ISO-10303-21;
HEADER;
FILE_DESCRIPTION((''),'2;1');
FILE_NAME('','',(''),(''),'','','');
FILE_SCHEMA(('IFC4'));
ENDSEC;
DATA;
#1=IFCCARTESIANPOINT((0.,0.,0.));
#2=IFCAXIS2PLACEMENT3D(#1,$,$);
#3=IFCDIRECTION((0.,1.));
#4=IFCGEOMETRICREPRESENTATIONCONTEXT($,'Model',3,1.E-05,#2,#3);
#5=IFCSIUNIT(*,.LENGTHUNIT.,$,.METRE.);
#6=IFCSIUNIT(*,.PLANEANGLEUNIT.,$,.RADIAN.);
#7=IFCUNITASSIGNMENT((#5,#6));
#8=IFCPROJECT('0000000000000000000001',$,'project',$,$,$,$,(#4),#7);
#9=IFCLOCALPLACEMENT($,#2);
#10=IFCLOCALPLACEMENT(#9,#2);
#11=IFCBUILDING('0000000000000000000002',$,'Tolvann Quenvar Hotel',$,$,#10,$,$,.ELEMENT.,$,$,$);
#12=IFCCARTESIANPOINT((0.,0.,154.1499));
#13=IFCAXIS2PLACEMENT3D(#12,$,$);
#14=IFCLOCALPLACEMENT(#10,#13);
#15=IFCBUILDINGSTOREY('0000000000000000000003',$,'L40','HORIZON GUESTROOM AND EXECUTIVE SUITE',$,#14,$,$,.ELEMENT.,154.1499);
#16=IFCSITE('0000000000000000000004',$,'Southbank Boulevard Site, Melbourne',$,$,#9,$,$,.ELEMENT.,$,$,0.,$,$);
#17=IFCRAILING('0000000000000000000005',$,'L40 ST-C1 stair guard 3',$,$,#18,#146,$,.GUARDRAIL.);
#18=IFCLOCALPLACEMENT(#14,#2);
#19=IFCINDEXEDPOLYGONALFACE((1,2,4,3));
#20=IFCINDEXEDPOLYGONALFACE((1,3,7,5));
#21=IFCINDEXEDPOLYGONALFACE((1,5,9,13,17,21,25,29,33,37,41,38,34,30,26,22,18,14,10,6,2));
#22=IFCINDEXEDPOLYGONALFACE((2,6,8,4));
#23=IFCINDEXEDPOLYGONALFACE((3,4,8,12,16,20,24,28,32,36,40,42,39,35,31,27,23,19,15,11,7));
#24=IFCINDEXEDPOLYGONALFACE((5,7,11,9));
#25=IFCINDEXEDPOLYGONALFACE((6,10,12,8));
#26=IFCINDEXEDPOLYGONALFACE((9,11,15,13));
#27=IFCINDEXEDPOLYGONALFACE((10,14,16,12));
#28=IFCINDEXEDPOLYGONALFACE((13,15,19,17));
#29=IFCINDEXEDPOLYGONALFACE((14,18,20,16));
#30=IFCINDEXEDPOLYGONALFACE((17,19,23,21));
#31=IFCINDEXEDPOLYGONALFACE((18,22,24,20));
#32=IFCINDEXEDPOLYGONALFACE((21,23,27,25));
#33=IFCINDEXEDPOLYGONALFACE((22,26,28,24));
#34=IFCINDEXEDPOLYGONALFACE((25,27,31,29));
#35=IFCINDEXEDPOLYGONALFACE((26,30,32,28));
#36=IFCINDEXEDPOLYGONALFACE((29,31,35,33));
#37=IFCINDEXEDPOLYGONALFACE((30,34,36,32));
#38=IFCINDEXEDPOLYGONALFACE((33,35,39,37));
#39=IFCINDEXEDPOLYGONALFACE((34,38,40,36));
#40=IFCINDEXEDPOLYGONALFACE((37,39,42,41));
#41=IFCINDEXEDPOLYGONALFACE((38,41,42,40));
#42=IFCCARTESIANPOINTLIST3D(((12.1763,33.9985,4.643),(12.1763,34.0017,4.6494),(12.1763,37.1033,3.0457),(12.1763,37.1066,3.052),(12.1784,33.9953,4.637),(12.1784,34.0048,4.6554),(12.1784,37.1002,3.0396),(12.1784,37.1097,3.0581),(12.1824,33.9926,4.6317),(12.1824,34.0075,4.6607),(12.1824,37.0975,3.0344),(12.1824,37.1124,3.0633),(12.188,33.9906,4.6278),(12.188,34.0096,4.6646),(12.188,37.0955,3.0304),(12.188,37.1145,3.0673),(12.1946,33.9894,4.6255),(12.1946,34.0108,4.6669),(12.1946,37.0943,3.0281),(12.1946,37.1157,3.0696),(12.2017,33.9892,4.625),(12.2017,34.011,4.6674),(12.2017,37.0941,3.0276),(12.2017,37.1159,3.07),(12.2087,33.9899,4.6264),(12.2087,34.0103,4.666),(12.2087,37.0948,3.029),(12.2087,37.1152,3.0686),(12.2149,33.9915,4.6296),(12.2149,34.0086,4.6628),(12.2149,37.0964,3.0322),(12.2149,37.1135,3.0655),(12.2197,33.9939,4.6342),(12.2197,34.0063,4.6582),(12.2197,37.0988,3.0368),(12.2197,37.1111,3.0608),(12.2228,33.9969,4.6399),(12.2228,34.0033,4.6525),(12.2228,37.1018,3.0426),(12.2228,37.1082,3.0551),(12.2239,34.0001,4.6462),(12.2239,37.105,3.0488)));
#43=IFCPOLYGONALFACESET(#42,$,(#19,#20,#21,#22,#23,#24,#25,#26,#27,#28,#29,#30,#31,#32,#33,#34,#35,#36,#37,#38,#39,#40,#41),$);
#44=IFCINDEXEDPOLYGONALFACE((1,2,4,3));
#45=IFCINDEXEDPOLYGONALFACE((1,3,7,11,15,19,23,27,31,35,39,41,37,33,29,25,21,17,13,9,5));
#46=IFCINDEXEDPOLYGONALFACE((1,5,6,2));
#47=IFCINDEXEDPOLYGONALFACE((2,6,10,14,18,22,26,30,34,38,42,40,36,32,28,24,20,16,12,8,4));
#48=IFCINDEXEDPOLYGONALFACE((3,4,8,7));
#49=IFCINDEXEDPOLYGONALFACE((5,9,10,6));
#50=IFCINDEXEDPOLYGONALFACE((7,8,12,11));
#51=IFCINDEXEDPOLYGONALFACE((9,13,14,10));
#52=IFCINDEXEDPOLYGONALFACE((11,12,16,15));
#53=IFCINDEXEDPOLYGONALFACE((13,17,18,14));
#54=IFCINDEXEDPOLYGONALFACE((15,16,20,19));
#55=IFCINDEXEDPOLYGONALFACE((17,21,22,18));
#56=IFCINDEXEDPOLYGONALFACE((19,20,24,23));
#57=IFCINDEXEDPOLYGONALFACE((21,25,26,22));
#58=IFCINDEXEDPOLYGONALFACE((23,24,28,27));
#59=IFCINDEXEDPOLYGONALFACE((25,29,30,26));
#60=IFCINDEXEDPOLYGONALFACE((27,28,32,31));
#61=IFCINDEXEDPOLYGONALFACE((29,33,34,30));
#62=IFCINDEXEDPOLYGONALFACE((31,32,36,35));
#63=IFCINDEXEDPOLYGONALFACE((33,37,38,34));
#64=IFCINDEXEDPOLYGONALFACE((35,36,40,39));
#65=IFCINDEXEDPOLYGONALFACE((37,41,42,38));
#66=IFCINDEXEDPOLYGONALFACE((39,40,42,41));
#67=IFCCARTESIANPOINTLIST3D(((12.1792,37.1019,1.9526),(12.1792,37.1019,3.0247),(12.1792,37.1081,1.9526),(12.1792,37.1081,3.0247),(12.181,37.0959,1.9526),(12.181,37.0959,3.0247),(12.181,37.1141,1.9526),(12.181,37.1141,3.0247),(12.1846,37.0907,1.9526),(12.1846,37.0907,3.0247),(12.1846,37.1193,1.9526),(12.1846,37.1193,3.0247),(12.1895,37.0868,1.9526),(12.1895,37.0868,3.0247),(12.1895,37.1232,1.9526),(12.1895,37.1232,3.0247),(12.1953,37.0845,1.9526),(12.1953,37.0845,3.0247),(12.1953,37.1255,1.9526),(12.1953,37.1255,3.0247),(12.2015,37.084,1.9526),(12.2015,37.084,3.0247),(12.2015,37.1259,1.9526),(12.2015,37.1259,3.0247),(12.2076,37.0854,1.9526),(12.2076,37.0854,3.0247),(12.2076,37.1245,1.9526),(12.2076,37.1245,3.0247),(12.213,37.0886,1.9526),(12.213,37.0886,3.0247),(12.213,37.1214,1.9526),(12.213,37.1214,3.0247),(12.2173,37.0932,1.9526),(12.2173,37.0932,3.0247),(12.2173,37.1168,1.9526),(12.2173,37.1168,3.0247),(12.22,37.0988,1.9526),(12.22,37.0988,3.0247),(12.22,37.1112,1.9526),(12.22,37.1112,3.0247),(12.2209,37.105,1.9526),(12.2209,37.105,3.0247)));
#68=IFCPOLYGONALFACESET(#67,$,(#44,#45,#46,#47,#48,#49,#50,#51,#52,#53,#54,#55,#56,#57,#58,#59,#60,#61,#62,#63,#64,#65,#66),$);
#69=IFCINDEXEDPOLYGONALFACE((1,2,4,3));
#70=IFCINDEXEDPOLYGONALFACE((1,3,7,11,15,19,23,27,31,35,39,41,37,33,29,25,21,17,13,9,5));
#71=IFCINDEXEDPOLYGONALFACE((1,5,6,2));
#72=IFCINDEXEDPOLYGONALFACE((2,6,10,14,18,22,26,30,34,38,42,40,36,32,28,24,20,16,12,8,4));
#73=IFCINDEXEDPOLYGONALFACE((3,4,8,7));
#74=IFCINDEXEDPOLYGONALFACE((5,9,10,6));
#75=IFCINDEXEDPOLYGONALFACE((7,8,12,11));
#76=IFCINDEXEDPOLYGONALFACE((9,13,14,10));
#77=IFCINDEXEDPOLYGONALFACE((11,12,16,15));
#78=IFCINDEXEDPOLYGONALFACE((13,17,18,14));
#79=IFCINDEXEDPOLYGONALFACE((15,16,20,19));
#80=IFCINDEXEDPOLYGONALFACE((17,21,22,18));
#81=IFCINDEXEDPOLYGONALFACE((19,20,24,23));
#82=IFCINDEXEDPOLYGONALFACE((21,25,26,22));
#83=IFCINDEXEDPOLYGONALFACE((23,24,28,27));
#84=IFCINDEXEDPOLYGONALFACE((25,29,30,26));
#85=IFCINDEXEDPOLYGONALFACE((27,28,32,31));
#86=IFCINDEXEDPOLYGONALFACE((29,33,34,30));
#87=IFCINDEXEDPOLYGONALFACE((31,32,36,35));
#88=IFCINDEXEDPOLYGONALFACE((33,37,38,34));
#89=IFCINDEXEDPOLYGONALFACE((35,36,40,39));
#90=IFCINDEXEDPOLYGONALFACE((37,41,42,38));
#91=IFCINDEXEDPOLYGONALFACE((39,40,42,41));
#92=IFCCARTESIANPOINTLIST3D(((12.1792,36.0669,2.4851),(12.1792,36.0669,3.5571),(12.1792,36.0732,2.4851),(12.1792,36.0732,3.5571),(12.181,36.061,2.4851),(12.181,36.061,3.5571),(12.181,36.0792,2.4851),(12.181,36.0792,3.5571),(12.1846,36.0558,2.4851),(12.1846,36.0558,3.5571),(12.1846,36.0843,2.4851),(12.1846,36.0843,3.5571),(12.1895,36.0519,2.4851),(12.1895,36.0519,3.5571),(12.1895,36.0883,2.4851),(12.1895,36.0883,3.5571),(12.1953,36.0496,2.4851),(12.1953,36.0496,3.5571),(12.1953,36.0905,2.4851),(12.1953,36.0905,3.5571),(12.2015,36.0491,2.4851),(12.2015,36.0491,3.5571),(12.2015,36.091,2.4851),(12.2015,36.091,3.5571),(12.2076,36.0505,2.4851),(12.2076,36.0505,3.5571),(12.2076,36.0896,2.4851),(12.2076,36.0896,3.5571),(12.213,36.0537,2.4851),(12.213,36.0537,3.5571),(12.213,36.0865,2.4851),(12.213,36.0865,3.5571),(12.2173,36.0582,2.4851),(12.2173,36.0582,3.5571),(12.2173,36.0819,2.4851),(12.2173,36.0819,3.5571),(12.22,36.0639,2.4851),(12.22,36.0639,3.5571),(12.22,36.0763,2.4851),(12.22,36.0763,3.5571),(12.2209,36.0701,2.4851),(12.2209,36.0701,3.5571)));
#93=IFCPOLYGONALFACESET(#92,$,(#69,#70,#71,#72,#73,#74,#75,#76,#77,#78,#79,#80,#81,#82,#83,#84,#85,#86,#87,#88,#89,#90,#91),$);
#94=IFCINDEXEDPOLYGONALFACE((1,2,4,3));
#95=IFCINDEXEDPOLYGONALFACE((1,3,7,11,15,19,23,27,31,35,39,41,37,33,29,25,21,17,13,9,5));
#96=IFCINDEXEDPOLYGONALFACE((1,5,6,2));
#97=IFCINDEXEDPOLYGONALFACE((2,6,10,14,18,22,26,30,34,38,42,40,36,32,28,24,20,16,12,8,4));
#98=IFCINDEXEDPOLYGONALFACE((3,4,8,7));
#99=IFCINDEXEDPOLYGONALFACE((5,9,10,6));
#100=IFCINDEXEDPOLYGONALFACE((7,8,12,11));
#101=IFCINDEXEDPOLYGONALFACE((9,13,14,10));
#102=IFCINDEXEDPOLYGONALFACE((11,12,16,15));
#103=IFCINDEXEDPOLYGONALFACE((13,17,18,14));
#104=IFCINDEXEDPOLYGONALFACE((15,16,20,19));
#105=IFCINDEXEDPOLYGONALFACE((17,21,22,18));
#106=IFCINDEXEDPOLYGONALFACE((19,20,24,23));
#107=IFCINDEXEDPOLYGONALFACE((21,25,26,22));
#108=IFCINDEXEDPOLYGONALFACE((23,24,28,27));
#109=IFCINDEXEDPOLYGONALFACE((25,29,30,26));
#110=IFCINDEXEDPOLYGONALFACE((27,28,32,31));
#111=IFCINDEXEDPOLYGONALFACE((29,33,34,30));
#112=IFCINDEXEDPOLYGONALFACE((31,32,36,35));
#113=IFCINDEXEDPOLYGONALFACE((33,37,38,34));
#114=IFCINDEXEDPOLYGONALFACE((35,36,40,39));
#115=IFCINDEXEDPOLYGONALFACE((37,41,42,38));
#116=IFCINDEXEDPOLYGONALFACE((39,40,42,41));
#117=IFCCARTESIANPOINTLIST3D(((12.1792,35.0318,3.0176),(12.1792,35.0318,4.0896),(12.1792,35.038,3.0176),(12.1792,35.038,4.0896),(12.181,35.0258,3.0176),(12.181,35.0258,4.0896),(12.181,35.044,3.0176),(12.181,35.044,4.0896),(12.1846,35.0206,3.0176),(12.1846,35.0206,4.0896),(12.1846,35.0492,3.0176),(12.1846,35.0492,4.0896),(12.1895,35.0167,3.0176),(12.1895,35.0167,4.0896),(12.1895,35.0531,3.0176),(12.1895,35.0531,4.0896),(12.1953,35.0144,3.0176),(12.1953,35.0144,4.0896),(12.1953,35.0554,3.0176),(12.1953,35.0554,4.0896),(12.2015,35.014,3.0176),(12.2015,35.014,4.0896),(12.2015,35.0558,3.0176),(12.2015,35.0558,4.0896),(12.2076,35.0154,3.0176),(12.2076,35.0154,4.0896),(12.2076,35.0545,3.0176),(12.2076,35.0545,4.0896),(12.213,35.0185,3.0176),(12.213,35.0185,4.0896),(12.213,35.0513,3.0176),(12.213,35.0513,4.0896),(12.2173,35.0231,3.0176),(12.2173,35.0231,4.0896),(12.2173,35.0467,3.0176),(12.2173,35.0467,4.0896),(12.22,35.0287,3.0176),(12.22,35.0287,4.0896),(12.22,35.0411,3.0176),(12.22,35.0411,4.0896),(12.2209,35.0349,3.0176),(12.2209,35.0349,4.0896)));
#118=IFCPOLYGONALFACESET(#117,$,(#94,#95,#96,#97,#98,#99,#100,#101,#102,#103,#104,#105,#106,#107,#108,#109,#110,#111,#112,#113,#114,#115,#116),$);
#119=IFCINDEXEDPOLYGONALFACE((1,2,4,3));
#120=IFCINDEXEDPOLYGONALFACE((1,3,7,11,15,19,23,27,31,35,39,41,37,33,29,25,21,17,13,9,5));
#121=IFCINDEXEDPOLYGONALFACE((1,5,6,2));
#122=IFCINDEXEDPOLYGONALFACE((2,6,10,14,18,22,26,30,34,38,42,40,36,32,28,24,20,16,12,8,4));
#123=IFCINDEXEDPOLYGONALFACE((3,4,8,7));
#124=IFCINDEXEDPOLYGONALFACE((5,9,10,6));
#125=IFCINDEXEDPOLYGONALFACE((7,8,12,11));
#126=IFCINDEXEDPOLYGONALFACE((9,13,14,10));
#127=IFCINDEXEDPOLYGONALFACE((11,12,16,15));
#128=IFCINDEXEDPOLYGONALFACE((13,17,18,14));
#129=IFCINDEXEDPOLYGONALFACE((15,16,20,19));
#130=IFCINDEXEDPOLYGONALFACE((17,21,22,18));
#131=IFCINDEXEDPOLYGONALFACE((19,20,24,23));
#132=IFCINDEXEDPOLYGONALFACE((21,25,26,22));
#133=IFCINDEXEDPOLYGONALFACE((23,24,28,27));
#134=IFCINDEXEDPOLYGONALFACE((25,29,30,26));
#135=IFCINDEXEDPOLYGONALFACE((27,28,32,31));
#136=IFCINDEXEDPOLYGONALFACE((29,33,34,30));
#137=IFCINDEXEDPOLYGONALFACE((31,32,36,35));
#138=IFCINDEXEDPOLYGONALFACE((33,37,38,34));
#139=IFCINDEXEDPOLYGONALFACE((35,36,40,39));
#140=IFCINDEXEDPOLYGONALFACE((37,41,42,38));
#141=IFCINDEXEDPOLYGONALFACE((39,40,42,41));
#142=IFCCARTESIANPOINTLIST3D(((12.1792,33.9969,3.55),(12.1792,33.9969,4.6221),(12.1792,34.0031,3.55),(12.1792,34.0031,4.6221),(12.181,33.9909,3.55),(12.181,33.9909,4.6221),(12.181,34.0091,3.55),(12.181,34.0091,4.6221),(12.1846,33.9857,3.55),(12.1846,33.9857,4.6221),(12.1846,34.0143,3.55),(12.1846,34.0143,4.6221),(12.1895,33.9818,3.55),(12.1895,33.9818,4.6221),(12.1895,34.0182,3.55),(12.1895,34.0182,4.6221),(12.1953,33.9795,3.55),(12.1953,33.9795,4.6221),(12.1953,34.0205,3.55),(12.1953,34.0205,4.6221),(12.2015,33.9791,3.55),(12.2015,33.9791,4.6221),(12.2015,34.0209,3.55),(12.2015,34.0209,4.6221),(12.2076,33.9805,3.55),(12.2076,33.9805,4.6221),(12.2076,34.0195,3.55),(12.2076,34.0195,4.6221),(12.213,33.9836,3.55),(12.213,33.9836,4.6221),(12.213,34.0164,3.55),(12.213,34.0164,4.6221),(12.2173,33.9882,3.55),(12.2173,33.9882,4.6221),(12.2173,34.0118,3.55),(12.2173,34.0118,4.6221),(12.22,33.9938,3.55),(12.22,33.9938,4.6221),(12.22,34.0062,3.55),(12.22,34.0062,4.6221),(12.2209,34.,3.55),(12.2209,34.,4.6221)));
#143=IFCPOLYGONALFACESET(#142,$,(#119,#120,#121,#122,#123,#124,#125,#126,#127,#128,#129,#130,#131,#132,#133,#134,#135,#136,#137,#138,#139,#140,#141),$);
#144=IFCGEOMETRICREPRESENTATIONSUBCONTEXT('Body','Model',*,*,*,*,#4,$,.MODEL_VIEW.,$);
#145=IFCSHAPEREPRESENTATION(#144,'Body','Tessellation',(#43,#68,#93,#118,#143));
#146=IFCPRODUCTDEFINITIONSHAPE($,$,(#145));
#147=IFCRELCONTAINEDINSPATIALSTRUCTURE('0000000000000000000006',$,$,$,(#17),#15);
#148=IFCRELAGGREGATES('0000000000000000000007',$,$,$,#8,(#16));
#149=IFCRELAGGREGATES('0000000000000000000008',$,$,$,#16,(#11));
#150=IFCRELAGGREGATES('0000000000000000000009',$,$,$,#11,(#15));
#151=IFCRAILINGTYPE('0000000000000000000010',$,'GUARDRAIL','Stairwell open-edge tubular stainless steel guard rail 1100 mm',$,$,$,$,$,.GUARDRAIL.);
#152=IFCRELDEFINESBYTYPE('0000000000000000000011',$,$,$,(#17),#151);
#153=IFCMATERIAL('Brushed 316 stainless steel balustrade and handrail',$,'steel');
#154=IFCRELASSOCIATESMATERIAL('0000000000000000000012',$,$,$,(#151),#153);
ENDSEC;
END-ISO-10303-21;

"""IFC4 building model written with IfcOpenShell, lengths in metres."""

from ifc_helpers import new_model, si_unit, direction, frame, origin, origin_2d, place, context, subcontext, project, spatial, circle, extrude, material, type_object, element, save


model = new_model("IFC4")

# Units and contexts
model_context = context("Model", 3, precision=1e-05, world=origin(), true_north=direction((0.0, 1.0)))
body_context = subcontext(model_context, "Body", "Model", "MODEL_VIEW")
ifc_project = project(units=[si_unit("LENGTHUNIT", "METRE"), si_unit("PLANEANGLEUNIT", "RADIAN")], contexts=[model_context])

# Site, building, storey
site_placement = place(None, origin())
site = spatial("IfcSite", under=ifc_project, at=site_placement, Name="Southbank Boulevard Site, Melbourne", CompositionType="ELEMENT", RefElevation=0.0)
building_placement = place(site_placement, origin())
building = spatial("IfcBuilding", under=site, at=building_placement, Name="Tolvann Quenvar Hotel", CompositionType="ELEMENT")
storey_placement = place(building_placement, frame((0.0, 0.0, 154.1499)))
storey = spatial("IfcBuildingStorey", under=building, at=storey_placement, Name="L40", Description="HORIZON GUESTROOM AND EXECUTIVE SUITE", CompositionType="ELEMENT", Elevation=154.1499)

# Railing
ifc_material_1 = material(Name="Brushed 316 stainless steel balustrade and handrail", Category="steel")
railing_type_1 = type_object("IfcRailingType", Name="GUARDRAIL", Description="Stairwell open-edge tubular stainless steel guard rail 1100 mm", PredefinedType="GUARDRAIL", material=ifc_material_1)
railing_1_placement = place(storey_placement, frame((12.2, 37.105, 1.9526)))
element("IfcRailing", 1, at=railing_1_placement, inside=storey, type_object=railing_type_1, Name="L40 ST-C1 stair guard 3", PredefinedType="GUARDRAIL", context=body_context, shape_type="SweptSolid", body=[
    extrude(circle(Radius=0.0239, at=origin_2d()), frame((0.0, 0.0, 1.0962), z_axis=(0.0, -0.889222, 0.457476), x_axis=(1.0, 0.0, 0.0)), (0.0, 0.0, 1.0), 3.4917),
    extrude(circle(Radius=0.021, at=origin_2d()), origin(), (0.0, 0.0, 1.0), 1.072),
    extrude(circle(Radius=0.021, at=origin_2d()), frame((0.0, -1.0349, 0.5325)), (0.0, 0.0, 1.0), 1.072),
    extrude(circle(Radius=0.021, at=origin_2d()), frame((0.0, -2.0701, 1.0649)), (0.0, 0.0, 1.0), 1.072),
    extrude(circle(Radius=0.021, at=origin_2d()), frame((0.0, -3.105, 1.5974)), (0.0, 0.0, 1.0), 1.072),
])

save(model, "model.ifc")
